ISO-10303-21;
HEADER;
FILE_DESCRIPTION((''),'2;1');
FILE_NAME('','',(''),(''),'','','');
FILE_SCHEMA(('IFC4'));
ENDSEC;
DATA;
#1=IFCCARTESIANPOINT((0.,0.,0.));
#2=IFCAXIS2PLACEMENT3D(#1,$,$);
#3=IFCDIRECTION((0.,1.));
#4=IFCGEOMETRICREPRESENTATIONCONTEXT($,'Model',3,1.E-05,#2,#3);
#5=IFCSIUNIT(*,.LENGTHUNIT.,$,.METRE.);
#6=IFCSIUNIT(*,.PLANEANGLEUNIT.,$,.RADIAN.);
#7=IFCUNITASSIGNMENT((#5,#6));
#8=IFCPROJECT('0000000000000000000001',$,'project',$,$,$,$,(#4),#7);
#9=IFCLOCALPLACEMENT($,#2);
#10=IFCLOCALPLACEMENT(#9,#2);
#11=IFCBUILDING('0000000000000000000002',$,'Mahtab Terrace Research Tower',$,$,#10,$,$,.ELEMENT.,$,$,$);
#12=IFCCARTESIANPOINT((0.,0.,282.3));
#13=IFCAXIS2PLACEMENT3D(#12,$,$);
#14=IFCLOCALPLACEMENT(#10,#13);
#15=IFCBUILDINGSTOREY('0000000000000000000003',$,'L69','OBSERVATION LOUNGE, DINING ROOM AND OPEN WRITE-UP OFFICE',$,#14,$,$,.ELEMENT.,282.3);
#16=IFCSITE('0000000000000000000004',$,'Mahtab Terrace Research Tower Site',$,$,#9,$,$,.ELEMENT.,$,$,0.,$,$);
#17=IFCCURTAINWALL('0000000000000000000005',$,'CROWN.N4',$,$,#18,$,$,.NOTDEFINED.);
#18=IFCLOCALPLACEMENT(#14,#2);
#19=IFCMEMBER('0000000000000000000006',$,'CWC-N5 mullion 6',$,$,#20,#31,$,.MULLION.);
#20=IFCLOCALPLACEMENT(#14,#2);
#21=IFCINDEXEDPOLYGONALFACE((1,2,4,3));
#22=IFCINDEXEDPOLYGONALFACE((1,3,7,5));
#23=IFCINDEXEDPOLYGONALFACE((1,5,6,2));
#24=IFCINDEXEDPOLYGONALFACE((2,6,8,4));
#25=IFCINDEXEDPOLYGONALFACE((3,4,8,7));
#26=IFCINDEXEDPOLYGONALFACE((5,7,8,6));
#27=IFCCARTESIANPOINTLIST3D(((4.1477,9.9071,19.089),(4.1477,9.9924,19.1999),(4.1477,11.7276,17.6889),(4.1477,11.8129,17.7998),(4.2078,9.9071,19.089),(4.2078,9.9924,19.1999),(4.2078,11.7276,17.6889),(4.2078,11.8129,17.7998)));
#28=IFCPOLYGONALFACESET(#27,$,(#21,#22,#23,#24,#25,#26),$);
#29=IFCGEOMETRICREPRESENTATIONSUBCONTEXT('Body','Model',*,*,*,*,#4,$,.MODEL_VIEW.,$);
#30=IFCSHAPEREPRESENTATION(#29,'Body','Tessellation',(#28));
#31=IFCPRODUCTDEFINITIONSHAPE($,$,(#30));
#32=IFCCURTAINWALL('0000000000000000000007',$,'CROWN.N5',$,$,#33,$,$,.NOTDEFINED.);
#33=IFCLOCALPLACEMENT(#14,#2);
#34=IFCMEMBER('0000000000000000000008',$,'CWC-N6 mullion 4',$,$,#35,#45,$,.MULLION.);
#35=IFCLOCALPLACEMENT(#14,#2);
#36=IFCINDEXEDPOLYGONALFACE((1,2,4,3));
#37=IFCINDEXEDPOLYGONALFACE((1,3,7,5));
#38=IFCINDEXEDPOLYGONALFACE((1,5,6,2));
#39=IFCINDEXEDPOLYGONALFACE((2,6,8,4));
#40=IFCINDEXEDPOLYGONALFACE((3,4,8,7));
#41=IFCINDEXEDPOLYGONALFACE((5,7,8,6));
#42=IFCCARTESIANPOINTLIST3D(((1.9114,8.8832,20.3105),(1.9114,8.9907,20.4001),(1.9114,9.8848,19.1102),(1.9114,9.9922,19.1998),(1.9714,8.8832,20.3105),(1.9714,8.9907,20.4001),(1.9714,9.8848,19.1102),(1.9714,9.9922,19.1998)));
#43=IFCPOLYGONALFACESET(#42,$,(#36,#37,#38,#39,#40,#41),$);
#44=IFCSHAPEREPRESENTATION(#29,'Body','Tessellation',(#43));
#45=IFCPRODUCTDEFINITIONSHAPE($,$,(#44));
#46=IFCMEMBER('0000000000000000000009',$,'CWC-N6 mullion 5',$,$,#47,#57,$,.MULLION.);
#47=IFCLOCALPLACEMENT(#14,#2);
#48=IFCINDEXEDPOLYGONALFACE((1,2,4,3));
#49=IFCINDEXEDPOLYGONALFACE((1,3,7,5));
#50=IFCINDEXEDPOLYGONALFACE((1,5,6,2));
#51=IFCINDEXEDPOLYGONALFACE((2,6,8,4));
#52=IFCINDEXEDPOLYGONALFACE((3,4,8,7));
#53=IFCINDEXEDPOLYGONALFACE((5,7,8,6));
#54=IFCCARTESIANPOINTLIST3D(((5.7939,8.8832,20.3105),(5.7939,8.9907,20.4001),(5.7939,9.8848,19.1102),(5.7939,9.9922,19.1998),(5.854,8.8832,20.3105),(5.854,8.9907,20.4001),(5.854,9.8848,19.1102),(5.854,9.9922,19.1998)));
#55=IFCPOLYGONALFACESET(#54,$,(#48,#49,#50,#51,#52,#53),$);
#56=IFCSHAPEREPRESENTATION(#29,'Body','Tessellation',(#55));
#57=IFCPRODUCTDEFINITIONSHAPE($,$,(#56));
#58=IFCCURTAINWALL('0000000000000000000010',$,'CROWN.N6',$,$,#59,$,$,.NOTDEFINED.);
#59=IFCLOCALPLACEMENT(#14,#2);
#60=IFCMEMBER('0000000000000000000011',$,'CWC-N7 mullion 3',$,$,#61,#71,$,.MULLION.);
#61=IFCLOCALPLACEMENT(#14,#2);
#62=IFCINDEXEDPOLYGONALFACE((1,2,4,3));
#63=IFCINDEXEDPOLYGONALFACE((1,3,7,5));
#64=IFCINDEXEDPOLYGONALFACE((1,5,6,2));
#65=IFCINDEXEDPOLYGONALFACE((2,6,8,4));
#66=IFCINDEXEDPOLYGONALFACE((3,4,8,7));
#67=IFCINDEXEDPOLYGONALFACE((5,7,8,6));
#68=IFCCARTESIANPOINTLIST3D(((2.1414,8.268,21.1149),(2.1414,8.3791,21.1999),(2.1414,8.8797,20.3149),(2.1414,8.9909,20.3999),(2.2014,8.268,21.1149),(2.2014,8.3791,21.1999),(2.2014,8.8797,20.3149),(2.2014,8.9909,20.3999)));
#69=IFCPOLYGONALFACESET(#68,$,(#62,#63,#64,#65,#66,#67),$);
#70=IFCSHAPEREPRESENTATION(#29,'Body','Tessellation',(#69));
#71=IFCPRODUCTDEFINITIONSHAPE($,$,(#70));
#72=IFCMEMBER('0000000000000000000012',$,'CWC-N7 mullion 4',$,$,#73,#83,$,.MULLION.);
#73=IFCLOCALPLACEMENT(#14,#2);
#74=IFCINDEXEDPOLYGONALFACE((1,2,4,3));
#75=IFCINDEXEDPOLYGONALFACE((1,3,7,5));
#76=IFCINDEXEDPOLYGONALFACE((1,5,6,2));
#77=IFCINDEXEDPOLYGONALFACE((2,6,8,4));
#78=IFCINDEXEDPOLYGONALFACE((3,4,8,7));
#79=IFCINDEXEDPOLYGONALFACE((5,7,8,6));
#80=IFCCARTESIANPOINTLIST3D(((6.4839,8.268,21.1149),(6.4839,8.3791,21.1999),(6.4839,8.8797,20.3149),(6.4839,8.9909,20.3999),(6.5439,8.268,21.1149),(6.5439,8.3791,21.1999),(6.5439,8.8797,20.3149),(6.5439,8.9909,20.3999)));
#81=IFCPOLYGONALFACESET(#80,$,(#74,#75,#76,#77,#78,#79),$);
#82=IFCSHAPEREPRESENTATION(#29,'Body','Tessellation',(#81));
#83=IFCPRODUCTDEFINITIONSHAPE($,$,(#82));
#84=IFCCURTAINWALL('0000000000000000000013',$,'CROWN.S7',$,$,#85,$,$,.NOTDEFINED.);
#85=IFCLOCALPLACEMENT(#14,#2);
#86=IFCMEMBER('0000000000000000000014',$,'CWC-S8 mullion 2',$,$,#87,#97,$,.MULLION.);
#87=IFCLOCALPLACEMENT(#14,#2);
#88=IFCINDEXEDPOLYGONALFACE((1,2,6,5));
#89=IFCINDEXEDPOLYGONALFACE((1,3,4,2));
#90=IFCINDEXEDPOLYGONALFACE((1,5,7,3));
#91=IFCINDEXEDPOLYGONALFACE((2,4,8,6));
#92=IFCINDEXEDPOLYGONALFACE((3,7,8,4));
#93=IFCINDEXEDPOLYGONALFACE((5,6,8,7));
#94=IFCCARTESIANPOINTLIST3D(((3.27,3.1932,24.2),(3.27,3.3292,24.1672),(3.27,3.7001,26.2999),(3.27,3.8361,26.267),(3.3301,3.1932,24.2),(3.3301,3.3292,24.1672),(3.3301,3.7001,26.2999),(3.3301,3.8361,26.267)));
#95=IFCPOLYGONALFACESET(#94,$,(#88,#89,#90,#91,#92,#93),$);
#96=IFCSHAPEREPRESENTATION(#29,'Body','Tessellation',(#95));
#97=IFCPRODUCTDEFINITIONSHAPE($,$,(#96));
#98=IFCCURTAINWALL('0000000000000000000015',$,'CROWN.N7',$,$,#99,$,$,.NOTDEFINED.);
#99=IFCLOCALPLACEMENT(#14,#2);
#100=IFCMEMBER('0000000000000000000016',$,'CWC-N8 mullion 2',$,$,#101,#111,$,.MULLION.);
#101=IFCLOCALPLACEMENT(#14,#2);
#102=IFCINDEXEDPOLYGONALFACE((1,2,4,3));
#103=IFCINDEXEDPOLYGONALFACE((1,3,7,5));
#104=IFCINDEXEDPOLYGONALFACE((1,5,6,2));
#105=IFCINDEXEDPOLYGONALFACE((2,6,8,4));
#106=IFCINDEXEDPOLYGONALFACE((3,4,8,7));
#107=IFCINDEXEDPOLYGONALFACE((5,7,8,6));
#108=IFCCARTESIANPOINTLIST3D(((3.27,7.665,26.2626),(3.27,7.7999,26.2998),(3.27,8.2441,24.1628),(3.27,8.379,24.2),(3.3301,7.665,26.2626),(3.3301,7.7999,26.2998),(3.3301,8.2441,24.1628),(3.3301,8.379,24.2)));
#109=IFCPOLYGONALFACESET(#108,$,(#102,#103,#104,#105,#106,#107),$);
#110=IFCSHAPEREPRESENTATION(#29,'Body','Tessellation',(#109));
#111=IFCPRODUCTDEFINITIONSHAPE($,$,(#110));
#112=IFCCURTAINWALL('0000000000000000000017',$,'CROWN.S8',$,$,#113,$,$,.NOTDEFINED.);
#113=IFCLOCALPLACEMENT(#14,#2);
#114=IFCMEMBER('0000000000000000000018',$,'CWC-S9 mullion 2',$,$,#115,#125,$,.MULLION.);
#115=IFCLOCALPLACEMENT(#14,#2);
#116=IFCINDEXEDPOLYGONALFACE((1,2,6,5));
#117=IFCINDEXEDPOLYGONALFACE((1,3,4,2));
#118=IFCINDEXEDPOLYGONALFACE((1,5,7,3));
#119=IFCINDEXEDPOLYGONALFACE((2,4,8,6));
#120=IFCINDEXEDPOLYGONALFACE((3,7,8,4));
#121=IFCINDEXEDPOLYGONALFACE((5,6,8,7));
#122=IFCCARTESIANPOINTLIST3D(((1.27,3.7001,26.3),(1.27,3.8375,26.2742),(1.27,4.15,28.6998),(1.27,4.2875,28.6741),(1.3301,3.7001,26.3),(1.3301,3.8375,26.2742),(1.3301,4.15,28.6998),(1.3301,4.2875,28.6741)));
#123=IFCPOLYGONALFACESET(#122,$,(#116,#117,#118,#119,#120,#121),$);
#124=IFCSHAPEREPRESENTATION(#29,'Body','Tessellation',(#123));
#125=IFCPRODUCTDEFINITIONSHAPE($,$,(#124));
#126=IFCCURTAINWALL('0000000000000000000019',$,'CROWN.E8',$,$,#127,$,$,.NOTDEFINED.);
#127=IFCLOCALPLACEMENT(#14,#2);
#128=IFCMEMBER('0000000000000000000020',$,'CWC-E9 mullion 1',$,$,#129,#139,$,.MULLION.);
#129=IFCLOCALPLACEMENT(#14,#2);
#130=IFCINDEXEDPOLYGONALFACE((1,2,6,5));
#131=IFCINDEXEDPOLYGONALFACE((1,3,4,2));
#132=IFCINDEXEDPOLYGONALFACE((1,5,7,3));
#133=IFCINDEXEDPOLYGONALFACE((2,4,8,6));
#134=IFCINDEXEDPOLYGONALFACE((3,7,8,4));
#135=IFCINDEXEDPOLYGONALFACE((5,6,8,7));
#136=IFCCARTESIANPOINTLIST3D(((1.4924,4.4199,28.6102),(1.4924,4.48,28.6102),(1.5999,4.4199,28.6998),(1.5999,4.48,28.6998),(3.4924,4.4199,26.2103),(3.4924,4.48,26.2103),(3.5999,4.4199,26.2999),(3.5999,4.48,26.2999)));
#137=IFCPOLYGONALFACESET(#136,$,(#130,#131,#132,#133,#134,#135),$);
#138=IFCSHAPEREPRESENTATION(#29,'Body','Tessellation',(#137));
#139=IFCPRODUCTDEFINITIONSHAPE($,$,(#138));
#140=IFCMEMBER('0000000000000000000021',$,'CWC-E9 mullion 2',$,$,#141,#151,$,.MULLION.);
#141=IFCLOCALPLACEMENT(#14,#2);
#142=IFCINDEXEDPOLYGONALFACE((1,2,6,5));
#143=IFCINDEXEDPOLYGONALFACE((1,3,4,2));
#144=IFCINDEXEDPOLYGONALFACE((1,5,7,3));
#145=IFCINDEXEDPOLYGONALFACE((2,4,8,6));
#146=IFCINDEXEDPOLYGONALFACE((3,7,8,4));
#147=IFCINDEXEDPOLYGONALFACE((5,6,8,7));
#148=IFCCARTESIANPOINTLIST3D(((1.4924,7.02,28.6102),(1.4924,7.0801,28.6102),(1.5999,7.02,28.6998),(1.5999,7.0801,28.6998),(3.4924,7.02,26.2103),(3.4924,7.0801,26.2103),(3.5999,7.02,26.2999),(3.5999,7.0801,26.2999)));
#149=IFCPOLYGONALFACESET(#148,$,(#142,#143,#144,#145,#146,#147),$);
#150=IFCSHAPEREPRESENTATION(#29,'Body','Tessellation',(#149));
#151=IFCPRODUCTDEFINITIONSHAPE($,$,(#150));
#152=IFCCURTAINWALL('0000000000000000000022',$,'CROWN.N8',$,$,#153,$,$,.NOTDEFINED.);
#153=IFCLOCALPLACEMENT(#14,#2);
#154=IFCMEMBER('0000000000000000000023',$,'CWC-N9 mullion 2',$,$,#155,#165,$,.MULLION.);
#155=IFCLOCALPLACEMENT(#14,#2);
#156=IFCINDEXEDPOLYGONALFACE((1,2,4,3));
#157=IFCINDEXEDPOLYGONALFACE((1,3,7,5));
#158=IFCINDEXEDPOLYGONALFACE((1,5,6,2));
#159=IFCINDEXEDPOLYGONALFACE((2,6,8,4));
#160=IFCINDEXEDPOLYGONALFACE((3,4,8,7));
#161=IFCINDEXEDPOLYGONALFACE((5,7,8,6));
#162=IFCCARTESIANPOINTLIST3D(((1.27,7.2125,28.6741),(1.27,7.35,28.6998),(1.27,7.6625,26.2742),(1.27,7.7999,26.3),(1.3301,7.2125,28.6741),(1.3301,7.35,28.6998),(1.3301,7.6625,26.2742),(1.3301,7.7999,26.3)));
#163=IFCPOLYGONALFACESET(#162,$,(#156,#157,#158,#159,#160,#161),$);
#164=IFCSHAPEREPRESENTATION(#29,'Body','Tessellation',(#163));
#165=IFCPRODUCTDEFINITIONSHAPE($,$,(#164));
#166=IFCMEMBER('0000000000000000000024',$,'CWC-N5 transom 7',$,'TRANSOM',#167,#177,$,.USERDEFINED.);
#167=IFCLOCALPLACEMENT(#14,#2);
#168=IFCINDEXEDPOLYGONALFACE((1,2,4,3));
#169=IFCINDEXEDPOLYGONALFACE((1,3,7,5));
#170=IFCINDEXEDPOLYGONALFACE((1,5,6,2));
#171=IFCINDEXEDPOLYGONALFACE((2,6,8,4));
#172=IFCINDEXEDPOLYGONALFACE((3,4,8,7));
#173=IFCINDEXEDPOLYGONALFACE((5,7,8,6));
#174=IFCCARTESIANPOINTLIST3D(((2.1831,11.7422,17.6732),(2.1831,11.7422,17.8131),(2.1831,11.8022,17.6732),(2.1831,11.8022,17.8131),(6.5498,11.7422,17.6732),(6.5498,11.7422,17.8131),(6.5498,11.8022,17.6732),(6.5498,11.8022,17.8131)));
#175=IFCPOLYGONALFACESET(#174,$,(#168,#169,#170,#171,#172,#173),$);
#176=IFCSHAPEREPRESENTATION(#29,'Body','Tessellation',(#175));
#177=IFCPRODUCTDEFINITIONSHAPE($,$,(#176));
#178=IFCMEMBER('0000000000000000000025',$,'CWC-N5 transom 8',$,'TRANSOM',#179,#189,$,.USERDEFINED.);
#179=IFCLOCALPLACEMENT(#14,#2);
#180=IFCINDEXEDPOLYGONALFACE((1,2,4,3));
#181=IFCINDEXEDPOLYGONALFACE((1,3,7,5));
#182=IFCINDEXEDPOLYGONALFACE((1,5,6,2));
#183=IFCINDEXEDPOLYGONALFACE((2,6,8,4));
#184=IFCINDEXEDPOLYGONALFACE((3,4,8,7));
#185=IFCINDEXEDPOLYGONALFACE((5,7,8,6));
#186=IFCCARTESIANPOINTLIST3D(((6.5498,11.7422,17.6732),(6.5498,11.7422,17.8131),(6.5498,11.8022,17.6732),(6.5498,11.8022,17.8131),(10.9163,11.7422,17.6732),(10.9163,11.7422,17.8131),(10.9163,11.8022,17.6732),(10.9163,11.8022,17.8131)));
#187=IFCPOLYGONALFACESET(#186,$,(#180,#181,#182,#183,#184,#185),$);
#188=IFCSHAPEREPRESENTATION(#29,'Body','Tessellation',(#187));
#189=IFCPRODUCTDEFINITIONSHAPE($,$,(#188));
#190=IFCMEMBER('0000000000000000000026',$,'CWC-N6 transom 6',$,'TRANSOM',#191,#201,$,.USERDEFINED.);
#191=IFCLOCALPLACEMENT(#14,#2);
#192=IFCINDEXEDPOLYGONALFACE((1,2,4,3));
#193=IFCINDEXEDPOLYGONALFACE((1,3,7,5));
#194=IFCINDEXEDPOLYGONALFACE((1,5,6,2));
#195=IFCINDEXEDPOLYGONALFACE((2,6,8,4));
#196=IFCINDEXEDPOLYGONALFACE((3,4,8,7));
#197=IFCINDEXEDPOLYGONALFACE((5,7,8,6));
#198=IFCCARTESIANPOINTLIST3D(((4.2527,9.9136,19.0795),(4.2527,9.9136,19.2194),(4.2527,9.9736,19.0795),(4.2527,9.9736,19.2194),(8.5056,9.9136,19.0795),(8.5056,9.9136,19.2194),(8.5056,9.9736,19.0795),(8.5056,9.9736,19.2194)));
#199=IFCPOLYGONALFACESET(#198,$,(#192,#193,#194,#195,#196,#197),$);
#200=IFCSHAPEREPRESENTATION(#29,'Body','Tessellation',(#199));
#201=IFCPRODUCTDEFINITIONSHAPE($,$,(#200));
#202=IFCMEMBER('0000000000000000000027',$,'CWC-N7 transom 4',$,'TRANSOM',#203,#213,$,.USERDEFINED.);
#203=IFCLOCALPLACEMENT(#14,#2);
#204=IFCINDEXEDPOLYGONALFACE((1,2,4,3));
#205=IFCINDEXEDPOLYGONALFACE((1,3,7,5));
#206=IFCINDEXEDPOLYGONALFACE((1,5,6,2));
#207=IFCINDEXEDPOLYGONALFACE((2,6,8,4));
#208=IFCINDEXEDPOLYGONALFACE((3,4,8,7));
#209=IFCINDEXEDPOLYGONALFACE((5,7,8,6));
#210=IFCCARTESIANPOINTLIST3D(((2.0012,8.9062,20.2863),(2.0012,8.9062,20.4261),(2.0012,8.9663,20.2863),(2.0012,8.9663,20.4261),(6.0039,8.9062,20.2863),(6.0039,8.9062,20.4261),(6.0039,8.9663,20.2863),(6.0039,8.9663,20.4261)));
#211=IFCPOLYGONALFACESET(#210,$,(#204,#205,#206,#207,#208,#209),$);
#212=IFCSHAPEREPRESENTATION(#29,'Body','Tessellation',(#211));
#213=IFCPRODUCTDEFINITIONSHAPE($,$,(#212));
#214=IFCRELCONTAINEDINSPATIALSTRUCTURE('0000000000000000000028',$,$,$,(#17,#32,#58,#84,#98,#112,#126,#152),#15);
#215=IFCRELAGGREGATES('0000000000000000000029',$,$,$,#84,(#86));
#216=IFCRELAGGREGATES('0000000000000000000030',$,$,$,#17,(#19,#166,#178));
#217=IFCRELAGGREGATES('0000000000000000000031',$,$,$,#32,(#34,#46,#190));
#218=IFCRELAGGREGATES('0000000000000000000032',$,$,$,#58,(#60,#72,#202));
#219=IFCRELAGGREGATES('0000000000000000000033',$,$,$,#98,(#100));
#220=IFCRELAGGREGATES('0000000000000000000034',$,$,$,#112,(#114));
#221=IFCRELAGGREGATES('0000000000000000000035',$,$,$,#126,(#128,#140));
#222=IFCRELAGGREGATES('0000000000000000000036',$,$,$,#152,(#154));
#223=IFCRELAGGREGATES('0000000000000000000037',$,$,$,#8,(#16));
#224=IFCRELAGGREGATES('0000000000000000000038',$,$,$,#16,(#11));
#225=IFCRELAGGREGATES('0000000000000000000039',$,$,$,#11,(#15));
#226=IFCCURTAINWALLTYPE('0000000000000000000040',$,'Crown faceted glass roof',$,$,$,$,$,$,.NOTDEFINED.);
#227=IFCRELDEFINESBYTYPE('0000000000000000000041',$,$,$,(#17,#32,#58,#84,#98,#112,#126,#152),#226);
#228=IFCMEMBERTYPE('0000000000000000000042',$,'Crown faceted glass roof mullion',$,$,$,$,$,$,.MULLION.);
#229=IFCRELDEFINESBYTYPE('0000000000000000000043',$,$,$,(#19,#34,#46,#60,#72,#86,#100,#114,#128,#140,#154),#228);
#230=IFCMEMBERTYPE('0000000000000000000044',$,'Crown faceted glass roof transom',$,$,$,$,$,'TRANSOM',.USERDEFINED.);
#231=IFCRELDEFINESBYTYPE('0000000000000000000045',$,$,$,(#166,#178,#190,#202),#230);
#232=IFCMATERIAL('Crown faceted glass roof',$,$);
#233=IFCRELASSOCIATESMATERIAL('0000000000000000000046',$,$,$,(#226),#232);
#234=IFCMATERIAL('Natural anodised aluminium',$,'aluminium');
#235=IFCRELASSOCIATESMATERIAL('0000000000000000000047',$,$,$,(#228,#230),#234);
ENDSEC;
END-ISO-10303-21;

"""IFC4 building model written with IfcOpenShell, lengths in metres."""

from ifc_helpers import new_model, si_unit, direction, frame, origin, origin_2d, place, context, subcontext, project, spatial, rectangle, extrude, material, material_profile, profile_set, type_object, element, aggregate, save


model = new_model("IFC4")

# Units and contexts
model_context = context("Model", 3, precision=1e-05, world=origin(), true_north=direction((0.0, 1.0)))
body_context = subcontext(model_context, "Body", "Model", "MODEL_VIEW")
ifc_project = project(units=[si_unit("LENGTHUNIT", "METRE"), si_unit("PLANEANGLEUNIT", "RADIAN")], contexts=[model_context])

# Site, building, storey
site_placement = place(None, origin())
site = spatial("IfcSite", under=ifc_project, at=site_placement, Name="Mahtab Terrace Research Tower Site", CompositionType="ELEMENT", RefElevation=0.0)
building_placement = place(site_placement, origin())
building = spatial("IfcBuilding", under=site, at=building_placement, Name="Mahtab Terrace Research Tower", CompositionType="ELEMENT")
storey_placement = place(building_placement, frame((0.0, 0.0, 282.3)))
storey = spatial("IfcBuildingStorey", under=building, at=storey_placement, Name="L69", Description="OBSERVATION LOUNGE, DINING ROOM AND OPEN WRITE-UP OFFICE", CompositionType="ELEMENT", Elevation=282.3)

# Curtain wall, member
ifc_material_1 = material(Name="Crown faceted glass roof")
curtain_wall_type = type_object("IfcCurtainWallType", Name="Crown faceted glass roof", PredefinedType="NOTDEFINED", material=ifc_material_1)
curtain_wall_1_placement = place(storey_placement, origin())
curtain_wall_1 = element("IfcCurtainWall", 1, at=curtain_wall_1_placement, inside=storey, type_object=curtain_wall_type, Name="CROWN.N4", PredefinedType="NOTDEFINED")
ifc_material_2 = material(Name="Natural anodised aluminium", Category="aluminium")
ifc_material_profile_1 = material_profile(ifc_material_2, rectangle(XDim=0.0601, YDim=0.1399, at=origin_2d()), Name="MULLION 60x140")
ifc_profile_set_1 = profile_set([ifc_material_profile_1], Name="Natural anodised aluminium")
member_type_1 = type_object("IfcMemberType", Name="Crown faceted glass roof mullion", PredefinedType="MULLION", material=ifc_profile_set_1)
member_1_placement = place(storey_placement, frame((4.1777, 11.7703, 17.7444), z_axis=(0.0, -0.792683, 0.609634), x_axis=(1.0, 0.0, 0.0)))
member_1 = element("IfcMember", 2, at=member_1_placement, type_object=member_type_1, Name="CWC-N5 mullion 6", PredefinedType="MULLION", context=body_context, shape_type="SweptSolid", body=[
    extrude(rectangle(XDim=0.0601, YDim=0.1399, at=origin_2d()), origin(), (0.0, 0.0, 1.0), 2.2966),
])

# Curtain walls, members
curtain_wall_2_placement = place(storey_placement, origin())
curtain_wall_2 = element("IfcCurtainWall", 3, at=curtain_wall_2_placement, inside=storey, type_object=curtain_wall_type, Name="CROWN.N5", PredefinedType="NOTDEFINED")
member_2_placement = place(storey_placement, frame((1.9414, 9.9385, 19.155), z_axis=(0.0, -0.640676, 0.767811), x_axis=(1.0, 0.0, 0.0)))
member_2 = element("IfcMember", 4, at=member_2_placement, type_object=member_type_1, Name="CWC-N6 mullion 4", PredefinedType="MULLION", context=body_context, shape_type="SweptSolid", body=[
    extrude(rectangle(XDim=0.0601, YDim=0.1399, at=origin_2d()), origin(), (0.0, 0.0, 1.0), 1.5632),
])
member_3_placement = place(storey_placement, frame((5.824, 9.9385, 19.155), z_axis=(0.0, -0.640676, 0.767811), x_axis=(1.0, 0.0, 0.0)))
member_3 = element("IfcMember", 5, at=member_3_placement, type_object=member_type_1, Name="CWC-N6 mullion 5", PredefinedType="MULLION", context=body_context, shape_type="SweptSolid", body=[
    extrude(rectangle(XDim=0.0601, YDim=0.1399, at=origin_2d()), origin(), (0.0, 0.0, 1.0), 1.5632),
])
curtain_wall_3_placement = place(storey_placement, origin())
curtain_wall_3 = element("IfcCurtainWall", 6, at=curtain_wall_3_placement, inside=storey, type_object=curtain_wall_type, Name="CROWN.N6", PredefinedType="NOTDEFINED")
member_4_placement = place(storey_placement, frame((2.1714, 8.9353, 20.3574), z_axis=(0.0, -0.607459, 0.794351), x_axis=(1.0, 0.0, 0.0)))
member_4 = element("IfcMember", 7, at=member_4_placement, type_object=member_type_1, Name="CWC-N7 mullion 3", PredefinedType="MULLION", context=body_context, shape_type="SweptSolid", body=[
    extrude(rectangle(XDim=0.0601, YDim=0.1399, at=origin_2d()), origin(), (0.0, 0.0, 1.0), 1.0071),
])
member_5_placement = place(storey_placement, frame((6.5139, 8.9353, 20.3574), z_axis=(0.0, -0.607459, 0.794351), x_axis=(1.0, 0.0, 0.0)))
member_5 = element("IfcMember", 8, at=member_5_placement, type_object=member_type_1, Name="CWC-N7 mullion 4", PredefinedType="MULLION", context=body_context, shape_type="SweptSolid", body=[
    extrude(rectangle(XDim=0.0601, YDim=0.1399, at=origin_2d()), origin(), (0.0, 0.0, 1.0), 1.0071),
])

# Curtain walls, members
curtain_wall_4_placement = place(storey_placement, origin())
curtain_wall_4 = element("IfcCurtainWall", 9, at=curtain_wall_4_placement, inside=storey, type_object=curtain_wall_type, Name="CROWN.S7", PredefinedType="NOTDEFINED")
member_6_placement = place(storey_placement, frame((3.3, 3.2612, 24.1836), z_axis=(0.0, 0.234629, 0.972085), x_axis=(-1.0, 0.0, 0.0)))
member_6 = element("IfcMember", 10, at=member_6_placement, type_object=member_type_1, Name="CWC-S8 mullion 2", PredefinedType="MULLION", context=body_context, shape_type="SweptSolid", body=[
    extrude(rectangle(XDim=0.0601, YDim=0.1399, at=origin_2d()), origin(), (0.0, 0.0, 1.0), 2.1602),
])
aggregate(curtain_wall_4, [member_6])
curtain_wall_5_placement = place(storey_placement, origin())
curtain_wall_5 = element("IfcCurtainWall", 11, at=curtain_wall_5_placement, inside=storey, type_object=curtain_wall_type, Name="CROWN.N7", PredefinedType="NOTDEFINED")
member_7_placement = place(storey_placement, frame((3.3, 8.3115, 24.1814), z_axis=(0.0, -0.265857, 0.964012), x_axis=(1.0, 0.0, 0.0)))
member_7 = element("IfcMember", 12, at=member_7_placement, type_object=member_type_1, Name="CWC-N8 mullion 2", PredefinedType="MULLION", context=body_context, shape_type="SweptSolid", body=[
    extrude(rectangle(XDim=0.0601, YDim=0.1399, at=origin_2d()), origin(), (0.0, 0.0, 1.0), 2.1782),
])
curtain_wall_6_placement = place(storey_placement, origin())
curtain_wall_6 = element("IfcCurtainWall", 13, at=curtain_wall_6_placement, inside=storey, type_object=curtain_wall_type, Name="CROWN.S8", PredefinedType="NOTDEFINED")
member_8_placement = place(storey_placement, frame((1.3, 3.7688, 26.2871), z_axis=(0.0, 0.184276, 0.982874), x_axis=(-1.0, 0.0, 0.0)))
member_8 = element("IfcMember", 14, at=member_8_placement, type_object=member_type_1, Name="CWC-S9 mullion 2", PredefinedType="MULLION", context=body_context, shape_type="SweptSolid", body=[
    extrude(rectangle(XDim=0.0601, YDim=0.1399, at=origin_2d()), origin(), (0.0, 0.0, 1.0), 2.4417),
])

# Curtain wall, members
curtain_wall_7_placement = place(storey_placement, origin())
curtain_wall_7 = element("IfcCurtainWall", 15, at=curtain_wall_7_placement, inside=storey, type_object=curtain_wall_type, Name="CROWN.E8", PredefinedType="NOTDEFINED")
member_9_placement = place(storey_placement, frame((3.5461, 4.45, 26.2551), z_axis=(-0.6402, 0.0, 0.768208), x_axis=(0.0, -1.0, 0.0)))
member_9 = element("IfcMember", 16, at=member_9_placement, type_object=member_type_1, Name="CWC-E9 mullion 1", PredefinedType="MULLION", context=body_context, shape_type="SweptSolid", body=[
    extrude(rectangle(XDim=0.0601, YDim=0.1399, at=origin_2d()), origin(), (0.0, 0.0, 1.0), 3.124),
])
member_10_placement = place(storey_placement, frame((3.5461, 7.05, 26.2551), z_axis=(-0.6402, 0.0, 0.768208), x_axis=(0.0, -1.0, 0.0)))
member_10 = element("IfcMember", 17, at=member_10_placement, type_object=member_type_1, Name="CWC-E9 mullion 2", PredefinedType="MULLION", context=body_context, shape_type="SweptSolid", body=[
    extrude(rectangle(XDim=0.0601, YDim=0.1399, at=origin_2d()), origin(), (0.0, 0.0, 1.0), 3.124),
])

# Curtain wall, member
curtain_wall_8_placement = place(storey_placement, origin())
curtain_wall_8 = element("IfcCurtainWall", 18, at=curtain_wall_8_placement, inside=storey, type_object=curtain_wall_type, Name="CROWN.N8", PredefinedType="NOTDEFINED")
member_11_placement = place(storey_placement, frame((1.3, 7.7312, 26.2871), z_axis=(0.0, -0.184276, 0.982874), x_axis=(1.0, 0.0, 0.0)))
member_11 = element("IfcMember", 19, at=member_11_placement, type_object=member_type_1, Name="CWC-N9 mullion 2", PredefinedType="MULLION", context=body_context, shape_type="SweptSolid", body=[
    extrude(rectangle(XDim=0.0601, YDim=0.1399, at=origin_2d()), origin(), (0.0, 0.0, 1.0), 2.4417),
])

# Members
ifc_material_profile_2 = material_profile(ifc_material_2, rectangle(XDim=0.0601, YDim=0.1399, at=origin_2d()), Name="TRANSOM 60x140")
ifc_profile_set_2 = profile_set([ifc_material_profile_2], Name="Natural anodised aluminium")
member_type_2 = type_object("IfcMemberType", Name="Crown faceted glass roof transom", ElementType="TRANSOM", PredefinedType="USERDEFINED", material=ifc_profile_set_2)
member_12_placement = place(storey_placement, frame((2.1831, 11.7722, 17.7432), z_axis=(1.0, 0.0, 0.0), x_axis=(0.0, 1.0, 0.0)))
member_12 = element("IfcMember", 20, at=member_12_placement, type_object=member_type_2, Name="CWC-N5 transom 7", ObjectType="TRANSOM", PredefinedType="USERDEFINED", context=body_context, shape_type="SweptSolid", body=[
    extrude(rectangle(XDim=0.0601, YDim=0.1399, at=origin_2d()), origin(), (0.0, 0.0, 1.0), 4.3667),
])
member_13_placement = place(storey_placement, frame((6.5498, 11.7722, 17.7432), z_axis=(1.0, 0.0, 0.0), x_axis=(0.0, 1.0, 0.0)))
member_13 = element("IfcMember", 21, at=member_13_placement, type_object=member_type_2, Name="CWC-N5 transom 8", ObjectType="TRANSOM", PredefinedType="USERDEFINED", context=body_context, shape_type="SweptSolid", body=[
    extrude(rectangle(XDim=0.0601, YDim=0.1399, at=origin_2d()), origin(), (0.0, 0.0, 1.0), 4.3665),
])
member_14_placement = place(storey_placement, frame((4.2527, 9.9436, 19.1494), z_axis=(1.0, 0.0, 0.0), x_axis=(0.0, 1.0, 0.0)))
member_14 = element("IfcMember", 22, at=member_14_placement, type_object=member_type_2, Name="CWC-N6 transom 6", ObjectType="TRANSOM", PredefinedType="USERDEFINED", context=body_context, shape_type="SweptSolid", body=[
    extrude(rectangle(XDim=0.0601, YDim=0.1399, at=origin_2d()), origin(), (0.0, 0.0, 1.0), 4.2529),
])
member_15_placement = place(storey_placement, frame((2.0012, 8.9363, 20.3562), z_axis=(1.0, 0.0, 0.0), x_axis=(0.0, 1.0, 0.0)))
member_15 = element("IfcMember", 23, at=member_15_placement, type_object=member_type_2, Name="CWC-N7 transom 4", ObjectType="TRANSOM", PredefinedType="USERDEFINED", context=body_context, shape_type="SweptSolid", body=[
    extrude(rectangle(XDim=0.0601, YDim=0.1399, at=origin_2d()), origin(), (0.0, 0.0, 1.0), 4.0027),
])

aggregate(curtain_wall_1, [member_1, member_12, member_13])
aggregate(curtain_wall_2, [member_2, member_3, member_14])
aggregate(curtain_wall_3, [member_4, member_5, member_15])
aggregate(curtain_wall_5, [member_7])
aggregate(curtain_wall_6, [member_8])
aggregate(curtain_wall_7, [member_9, member_10])
aggregate(curtain_wall_8, [member_11])

save(model, "model.ifc")
